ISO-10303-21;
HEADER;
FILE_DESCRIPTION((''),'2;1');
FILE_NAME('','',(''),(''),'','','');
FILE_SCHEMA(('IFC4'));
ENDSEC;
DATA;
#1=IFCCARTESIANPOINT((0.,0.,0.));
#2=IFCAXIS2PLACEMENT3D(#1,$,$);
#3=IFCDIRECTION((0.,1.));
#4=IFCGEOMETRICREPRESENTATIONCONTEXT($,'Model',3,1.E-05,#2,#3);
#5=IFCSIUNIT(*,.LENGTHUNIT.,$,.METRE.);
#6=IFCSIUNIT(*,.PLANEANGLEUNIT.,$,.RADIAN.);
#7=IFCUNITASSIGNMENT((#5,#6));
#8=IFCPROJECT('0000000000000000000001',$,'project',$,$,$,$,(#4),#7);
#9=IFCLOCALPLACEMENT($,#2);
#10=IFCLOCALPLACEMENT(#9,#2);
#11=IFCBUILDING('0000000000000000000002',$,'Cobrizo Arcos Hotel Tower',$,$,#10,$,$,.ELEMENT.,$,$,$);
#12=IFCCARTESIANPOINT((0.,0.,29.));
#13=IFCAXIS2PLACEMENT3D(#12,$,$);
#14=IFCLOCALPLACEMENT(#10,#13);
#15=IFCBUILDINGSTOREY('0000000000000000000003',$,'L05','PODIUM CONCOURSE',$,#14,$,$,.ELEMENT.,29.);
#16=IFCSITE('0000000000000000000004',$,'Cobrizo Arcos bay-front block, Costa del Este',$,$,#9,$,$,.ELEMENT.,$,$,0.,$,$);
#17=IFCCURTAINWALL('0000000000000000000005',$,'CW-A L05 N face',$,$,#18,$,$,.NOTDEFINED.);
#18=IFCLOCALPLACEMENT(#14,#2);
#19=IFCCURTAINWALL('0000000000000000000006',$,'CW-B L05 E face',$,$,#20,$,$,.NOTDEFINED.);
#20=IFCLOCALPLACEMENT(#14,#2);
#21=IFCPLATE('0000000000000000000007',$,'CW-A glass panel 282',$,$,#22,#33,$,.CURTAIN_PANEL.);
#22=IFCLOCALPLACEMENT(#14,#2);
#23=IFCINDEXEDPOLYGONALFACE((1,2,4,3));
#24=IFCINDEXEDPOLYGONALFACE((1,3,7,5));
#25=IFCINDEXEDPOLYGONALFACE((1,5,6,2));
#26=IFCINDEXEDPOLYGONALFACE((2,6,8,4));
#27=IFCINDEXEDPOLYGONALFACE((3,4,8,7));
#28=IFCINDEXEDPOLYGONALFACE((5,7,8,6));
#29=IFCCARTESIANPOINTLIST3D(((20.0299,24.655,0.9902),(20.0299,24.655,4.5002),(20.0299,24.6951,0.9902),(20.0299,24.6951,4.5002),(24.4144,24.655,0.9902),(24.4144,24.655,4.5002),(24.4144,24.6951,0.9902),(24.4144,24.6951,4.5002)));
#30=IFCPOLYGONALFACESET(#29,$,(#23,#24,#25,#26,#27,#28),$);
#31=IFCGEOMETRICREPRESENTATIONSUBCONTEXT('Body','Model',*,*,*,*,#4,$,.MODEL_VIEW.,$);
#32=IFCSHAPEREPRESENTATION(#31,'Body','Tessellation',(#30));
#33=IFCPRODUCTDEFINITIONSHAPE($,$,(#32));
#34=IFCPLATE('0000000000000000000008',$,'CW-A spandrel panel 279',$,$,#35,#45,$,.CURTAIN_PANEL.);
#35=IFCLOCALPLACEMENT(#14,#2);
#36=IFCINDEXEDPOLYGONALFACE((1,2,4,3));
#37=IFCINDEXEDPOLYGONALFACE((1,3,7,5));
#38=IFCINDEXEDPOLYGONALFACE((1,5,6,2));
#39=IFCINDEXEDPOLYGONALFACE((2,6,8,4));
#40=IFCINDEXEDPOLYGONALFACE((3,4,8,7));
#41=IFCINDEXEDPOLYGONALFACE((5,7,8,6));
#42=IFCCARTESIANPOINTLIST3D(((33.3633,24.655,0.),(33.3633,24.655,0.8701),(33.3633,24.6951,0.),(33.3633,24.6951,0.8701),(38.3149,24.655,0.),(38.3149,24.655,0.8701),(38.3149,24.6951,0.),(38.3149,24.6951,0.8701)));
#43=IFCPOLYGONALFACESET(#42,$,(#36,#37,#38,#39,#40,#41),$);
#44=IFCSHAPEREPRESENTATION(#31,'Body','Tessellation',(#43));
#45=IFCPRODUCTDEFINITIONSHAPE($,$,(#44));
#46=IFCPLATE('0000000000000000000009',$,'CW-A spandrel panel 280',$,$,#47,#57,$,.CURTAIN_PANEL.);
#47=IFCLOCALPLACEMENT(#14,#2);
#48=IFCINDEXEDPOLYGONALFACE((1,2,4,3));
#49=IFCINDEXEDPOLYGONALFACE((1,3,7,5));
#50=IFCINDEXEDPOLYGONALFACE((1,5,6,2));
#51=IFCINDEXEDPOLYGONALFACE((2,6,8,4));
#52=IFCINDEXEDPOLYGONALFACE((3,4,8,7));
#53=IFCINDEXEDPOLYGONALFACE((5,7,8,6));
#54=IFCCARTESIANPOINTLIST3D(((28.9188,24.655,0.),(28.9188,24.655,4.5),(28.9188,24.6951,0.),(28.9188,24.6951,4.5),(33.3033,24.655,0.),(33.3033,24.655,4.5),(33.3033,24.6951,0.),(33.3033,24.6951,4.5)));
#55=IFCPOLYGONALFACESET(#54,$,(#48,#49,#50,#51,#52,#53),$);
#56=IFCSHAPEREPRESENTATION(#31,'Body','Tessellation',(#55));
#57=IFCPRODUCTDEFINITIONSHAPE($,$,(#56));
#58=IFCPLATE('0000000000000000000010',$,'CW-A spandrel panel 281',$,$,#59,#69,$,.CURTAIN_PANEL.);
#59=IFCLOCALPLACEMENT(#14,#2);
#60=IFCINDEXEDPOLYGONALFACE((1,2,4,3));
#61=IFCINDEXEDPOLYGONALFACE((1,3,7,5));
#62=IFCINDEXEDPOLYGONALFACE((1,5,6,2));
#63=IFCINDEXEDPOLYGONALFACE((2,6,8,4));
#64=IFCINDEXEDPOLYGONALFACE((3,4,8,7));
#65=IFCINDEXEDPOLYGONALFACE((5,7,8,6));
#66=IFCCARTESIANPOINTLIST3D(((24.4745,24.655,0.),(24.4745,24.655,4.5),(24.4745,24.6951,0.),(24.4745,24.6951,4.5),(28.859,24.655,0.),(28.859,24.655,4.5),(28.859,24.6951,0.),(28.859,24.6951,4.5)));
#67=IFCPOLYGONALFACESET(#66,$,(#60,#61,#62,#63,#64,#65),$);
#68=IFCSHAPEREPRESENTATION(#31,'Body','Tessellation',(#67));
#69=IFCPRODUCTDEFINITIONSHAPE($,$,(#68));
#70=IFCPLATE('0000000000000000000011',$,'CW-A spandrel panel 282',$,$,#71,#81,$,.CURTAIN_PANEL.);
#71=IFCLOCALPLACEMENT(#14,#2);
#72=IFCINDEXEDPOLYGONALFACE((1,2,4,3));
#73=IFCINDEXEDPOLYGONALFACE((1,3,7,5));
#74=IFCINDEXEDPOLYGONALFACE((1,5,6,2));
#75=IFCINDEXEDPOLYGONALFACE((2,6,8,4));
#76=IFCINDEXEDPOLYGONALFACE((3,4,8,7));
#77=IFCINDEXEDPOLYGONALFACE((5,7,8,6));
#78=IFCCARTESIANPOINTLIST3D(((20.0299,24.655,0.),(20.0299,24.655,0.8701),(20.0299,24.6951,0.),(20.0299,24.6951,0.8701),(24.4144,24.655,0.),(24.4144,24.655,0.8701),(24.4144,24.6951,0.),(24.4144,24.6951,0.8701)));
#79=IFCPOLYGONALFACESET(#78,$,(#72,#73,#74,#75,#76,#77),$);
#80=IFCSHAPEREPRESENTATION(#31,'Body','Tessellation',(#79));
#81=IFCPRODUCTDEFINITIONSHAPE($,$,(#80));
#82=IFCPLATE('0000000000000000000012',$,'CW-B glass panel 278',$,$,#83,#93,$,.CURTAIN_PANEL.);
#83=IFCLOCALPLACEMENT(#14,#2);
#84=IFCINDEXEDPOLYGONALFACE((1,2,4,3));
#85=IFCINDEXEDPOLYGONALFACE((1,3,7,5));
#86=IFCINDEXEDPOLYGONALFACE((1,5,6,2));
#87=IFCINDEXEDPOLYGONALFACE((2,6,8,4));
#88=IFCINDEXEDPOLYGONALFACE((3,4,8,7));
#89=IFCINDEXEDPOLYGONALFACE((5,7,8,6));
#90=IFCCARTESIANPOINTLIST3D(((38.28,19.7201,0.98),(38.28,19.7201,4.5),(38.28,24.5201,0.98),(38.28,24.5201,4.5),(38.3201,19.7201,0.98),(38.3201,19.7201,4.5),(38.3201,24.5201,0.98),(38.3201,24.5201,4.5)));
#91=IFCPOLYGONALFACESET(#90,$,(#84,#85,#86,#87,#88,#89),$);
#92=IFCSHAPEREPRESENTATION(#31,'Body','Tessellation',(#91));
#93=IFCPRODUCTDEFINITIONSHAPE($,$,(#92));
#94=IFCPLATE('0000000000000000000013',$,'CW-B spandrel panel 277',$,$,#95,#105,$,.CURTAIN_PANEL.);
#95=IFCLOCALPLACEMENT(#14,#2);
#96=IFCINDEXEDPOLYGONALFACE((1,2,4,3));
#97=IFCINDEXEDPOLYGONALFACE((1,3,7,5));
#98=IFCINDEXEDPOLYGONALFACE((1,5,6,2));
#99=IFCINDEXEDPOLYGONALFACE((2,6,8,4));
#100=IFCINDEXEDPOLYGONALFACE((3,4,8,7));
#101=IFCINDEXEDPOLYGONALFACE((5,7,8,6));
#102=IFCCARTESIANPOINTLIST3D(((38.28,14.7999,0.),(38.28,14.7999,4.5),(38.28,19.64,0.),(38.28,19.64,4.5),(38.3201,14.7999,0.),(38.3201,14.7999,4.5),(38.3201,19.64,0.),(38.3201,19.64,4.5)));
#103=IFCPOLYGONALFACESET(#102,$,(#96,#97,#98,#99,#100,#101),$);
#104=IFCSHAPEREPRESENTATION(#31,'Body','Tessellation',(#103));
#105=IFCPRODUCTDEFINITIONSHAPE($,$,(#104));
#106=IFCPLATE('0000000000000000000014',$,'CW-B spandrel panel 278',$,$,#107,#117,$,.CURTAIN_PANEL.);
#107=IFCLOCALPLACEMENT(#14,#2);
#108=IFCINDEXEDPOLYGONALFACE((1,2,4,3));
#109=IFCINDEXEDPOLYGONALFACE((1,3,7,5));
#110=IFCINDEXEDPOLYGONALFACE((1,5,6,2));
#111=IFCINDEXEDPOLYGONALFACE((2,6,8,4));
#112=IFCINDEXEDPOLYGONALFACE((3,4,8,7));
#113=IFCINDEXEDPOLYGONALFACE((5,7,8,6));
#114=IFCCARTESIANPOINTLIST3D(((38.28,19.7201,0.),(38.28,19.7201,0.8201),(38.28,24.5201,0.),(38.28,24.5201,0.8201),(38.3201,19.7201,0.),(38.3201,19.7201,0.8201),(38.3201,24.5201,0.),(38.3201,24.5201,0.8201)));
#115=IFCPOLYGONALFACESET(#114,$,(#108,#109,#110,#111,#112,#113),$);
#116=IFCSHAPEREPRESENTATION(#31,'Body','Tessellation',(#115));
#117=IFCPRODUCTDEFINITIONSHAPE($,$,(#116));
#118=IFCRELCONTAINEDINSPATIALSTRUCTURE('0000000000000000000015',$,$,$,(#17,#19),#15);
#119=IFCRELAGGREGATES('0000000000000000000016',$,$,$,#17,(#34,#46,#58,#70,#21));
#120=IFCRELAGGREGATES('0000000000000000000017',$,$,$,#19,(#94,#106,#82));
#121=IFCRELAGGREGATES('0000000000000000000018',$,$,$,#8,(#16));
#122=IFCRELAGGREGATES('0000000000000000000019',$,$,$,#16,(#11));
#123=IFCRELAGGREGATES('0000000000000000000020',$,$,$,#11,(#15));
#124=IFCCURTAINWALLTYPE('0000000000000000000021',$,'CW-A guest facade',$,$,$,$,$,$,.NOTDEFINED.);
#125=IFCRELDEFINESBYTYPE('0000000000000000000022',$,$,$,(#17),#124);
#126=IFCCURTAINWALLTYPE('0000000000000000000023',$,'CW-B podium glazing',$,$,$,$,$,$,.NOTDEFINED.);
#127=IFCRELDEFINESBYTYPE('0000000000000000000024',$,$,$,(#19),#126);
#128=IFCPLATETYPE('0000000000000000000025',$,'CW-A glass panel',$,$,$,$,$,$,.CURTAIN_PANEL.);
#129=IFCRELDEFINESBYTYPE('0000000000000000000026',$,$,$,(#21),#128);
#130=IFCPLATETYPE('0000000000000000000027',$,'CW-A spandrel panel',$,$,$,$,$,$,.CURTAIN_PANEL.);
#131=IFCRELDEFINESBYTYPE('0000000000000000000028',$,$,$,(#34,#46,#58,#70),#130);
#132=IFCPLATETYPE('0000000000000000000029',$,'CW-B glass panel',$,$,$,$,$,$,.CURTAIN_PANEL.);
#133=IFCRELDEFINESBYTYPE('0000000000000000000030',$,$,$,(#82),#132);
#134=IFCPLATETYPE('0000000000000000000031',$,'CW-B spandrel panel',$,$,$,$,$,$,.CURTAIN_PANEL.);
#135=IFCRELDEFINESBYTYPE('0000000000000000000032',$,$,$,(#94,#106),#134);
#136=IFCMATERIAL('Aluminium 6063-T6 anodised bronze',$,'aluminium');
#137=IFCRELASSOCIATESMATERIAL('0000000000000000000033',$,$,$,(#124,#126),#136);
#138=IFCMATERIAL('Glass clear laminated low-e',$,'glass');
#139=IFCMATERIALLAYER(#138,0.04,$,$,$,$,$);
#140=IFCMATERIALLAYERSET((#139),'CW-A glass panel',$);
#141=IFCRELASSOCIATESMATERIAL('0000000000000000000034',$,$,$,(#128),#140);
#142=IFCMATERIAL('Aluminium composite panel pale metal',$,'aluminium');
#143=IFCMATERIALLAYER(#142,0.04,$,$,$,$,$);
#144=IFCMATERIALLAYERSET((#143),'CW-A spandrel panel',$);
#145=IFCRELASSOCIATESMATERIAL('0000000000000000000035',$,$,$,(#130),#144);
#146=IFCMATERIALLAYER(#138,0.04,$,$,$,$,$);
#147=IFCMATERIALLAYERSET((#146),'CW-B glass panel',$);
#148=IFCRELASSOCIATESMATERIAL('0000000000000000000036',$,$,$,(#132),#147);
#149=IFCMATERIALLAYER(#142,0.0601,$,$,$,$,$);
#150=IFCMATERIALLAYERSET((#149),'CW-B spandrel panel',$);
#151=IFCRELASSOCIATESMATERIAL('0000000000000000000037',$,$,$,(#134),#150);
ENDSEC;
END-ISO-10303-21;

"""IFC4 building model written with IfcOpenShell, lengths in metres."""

from ifc_helpers import new_model, si_unit, direction, frame, origin, origin_2d, place, context, subcontext, project, spatial, rectangle, extrude, material, layer, layer_set, type_object, element, aggregate, save


model = new_model("IFC4")

# Units and contexts
model_context = context("Model", 3, precision=1e-05, world=origin(), true_north=direction((0.0, 1.0)))
body_context = subcontext(model_context, "Body", "Model", "MODEL_VIEW")
ifc_project = project(units=[si_unit("LENGTHUNIT", "METRE"), si_unit("PLANEANGLEUNIT", "RADIAN")], contexts=[model_context])

# Site, building, storey
site_placement = place(None, origin())
site = spatial("IfcSite", under=ifc_project, at=site_placement, Name="Cobrizo Arcos bay-front block, Costa del Este", CompositionType="ELEMENT", RefElevation=0.0)
building_placement = place(site_placement, origin())
building = spatial("IfcBuilding", under=site, at=building_placement, Name="Cobrizo Arcos Hotel Tower", CompositionType="ELEMENT")
storey_placement = place(building_placement, frame((0.0, 0.0, 29.0)))
storey = spatial("IfcBuildingStorey", under=building, at=storey_placement, Name="L05", Description="PODIUM CONCOURSE", CompositionType="ELEMENT", Elevation=29.0)

# Curtain walls
ifc_material_1 = material(Name="Aluminium 6063-T6 anodised bronze", Category="aluminium")
curtain_wall_type_1 = type_object("IfcCurtainWallType", Name="CW-A guest facade", PredefinedType="NOTDEFINED", material=ifc_material_1)
curtain_wall_1_placement = place(storey_placement, origin())
curtain_wall_1 = element("IfcCurtainWall", 1, at=curtain_wall_1_placement, inside=storey, type_object=curtain_wall_type_1, Name="CW-A L05 N face", PredefinedType="NOTDEFINED")
curtain_wall_type_2 = type_object("IfcCurtainWallType", Name="CW-B podium glazing", PredefinedType="NOTDEFINED", material=ifc_material_1)
curtain_wall_2_placement = place(storey_placement, origin())
curtain_wall_2 = element("IfcCurtainWall", 2, at=curtain_wall_2_placement, inside=storey, type_object=curtain_wall_type_2, Name="CW-B L05 E face", PredefinedType="NOTDEFINED")

# Plates
ifc_material_2 = material(Name="Glass clear laminated low-e", Category="glass")
ifc_layer_1 = layer(ifc_material_2, 0.04)
ifc_layer_set_1 = layer_set([ifc_layer_1], Name="CW-A glass panel")
plate_type_1 = type_object("IfcPlateType", Name="CW-A glass panel", PredefinedType="CURTAIN_PANEL", material=ifc_layer_set_1)
plate_1_placement = place(storey_placement, frame((22.2222, 24.675, 0.9902), z_axis=(0.0, 0.0, 1.0), x_axis=(-1.0, 0.0, 0.0)))
plate_1 = element("IfcPlate", 3, at=plate_1_placement, type_object=plate_type_1, Name="CW-A glass panel 282", PredefinedType="CURTAIN_PANEL", context=body_context, shape_type="SweptSolid", body=[
    extrude(rectangle(XDim=4.3845, YDim=0.04, at=origin_2d()), origin(), (0.0, 0.0, 1.0), 3.51),
])
ifc_material_3 = material(Name="Aluminium composite panel pale metal", Category="aluminium")
ifc_layer_2 = layer(ifc_material_3, 0.04)
ifc_layer_set_2 = layer_set([ifc_layer_2], Name="CW-A spandrel panel")
plate_type_2 = type_object("IfcPlateType", Name="CW-A spandrel panel", PredefinedType="CURTAIN_PANEL", material=ifc_layer_set_2)
plate_2_placement = place(storey_placement, frame((35.8391, 24.675, 0.0), z_axis=(0.0, 0.0, 1.0), x_axis=(-1.0, 0.0, 0.0)))
plate_2 = element("IfcPlate", 4, at=plate_2_placement, type_object=plate_type_2, Name="CW-A spandrel panel 279", PredefinedType="CURTAIN_PANEL", context=body_context, shape_type="SweptSolid", body=[
    extrude(rectangle(XDim=4.9517, YDim=0.04, at=origin_2d()), origin(), (0.0, 0.0, 1.0), 0.8701),
])
plate_3_placement = place(storey_placement, frame((31.1111, 24.675, 0.0), z_axis=(0.0, 0.0, 1.0), x_axis=(-1.0, 0.0, 0.0)))
plate_3 = element("IfcPlate", 5, at=plate_3_placement, type_object=plate_type_2, Name="CW-A spandrel panel 280", PredefinedType="CURTAIN_PANEL", context=body_context, shape_type="SweptSolid", body=[
    extrude(rectangle(XDim=4.3845, YDim=0.04, at=origin_2d()), origin(), (0.0, 0.0, 1.0), 4.5),
])
plate_4_placement = place(storey_placement, frame((26.6667, 24.675, 0.0), z_axis=(0.0, 0.0, 1.0), x_axis=(-1.0, 0.0, 0.0)))
plate_4 = element("IfcPlate", 6, at=plate_4_placement, type_object=plate_type_2, Name="CW-A spandrel panel 281", PredefinedType="CURTAIN_PANEL", context=body_context, shape_type="SweptSolid", body=[
    extrude(rectangle(XDim=4.3845, YDim=0.04, at=origin_2d()), origin(), (0.0, 0.0, 1.0), 4.5),
])
plate_5_placement = place(storey_placement, frame((22.2222, 24.675, 0.0), z_axis=(0.0, 0.0, 1.0), x_axis=(-1.0, 0.0, 0.0)))
plate_5 = element("IfcPlate", 7, at=plate_5_placement, type_object=plate_type_2, Name="CW-A spandrel panel 282", PredefinedType="CURTAIN_PANEL", context=body_context, shape_type="SweptSolid", body=[
    extrude(rectangle(XDim=4.3845, YDim=0.04, at=origin_2d()), origin(), (0.0, 0.0, 1.0), 0.8701),
])
aggregate(curtain_wall_1, [plate_2, plate_3, plate_4, plate_5, plate_1])
ifc_layer_3 = layer(ifc_material_2, 0.04)
ifc_layer_set_3 = layer_set([ifc_layer_3], Name="CW-B glass panel")
plate_type_3 = type_object("IfcPlateType", Name="CW-B glass panel", PredefinedType="CURTAIN_PANEL", material=ifc_layer_set_3)
plate_6_placement = place(storey_placement, frame((38.3, 22.1201, 0.98), z_axis=(0.0, 0.0, 1.0), x_axis=(0.0, 1.0, 0.0)))
plate_6 = element("IfcPlate", 8, at=plate_6_placement, type_object=plate_type_3, Name="CW-B glass panel 278", PredefinedType="CURTAIN_PANEL", context=body_context, shape_type="SweptSolid", body=[
    extrude(rectangle(XDim=4.8, YDim=0.04, at=origin_2d()), origin(), (0.0, 0.0, 1.0), 3.52),
])
ifc_layer_4 = layer(ifc_material_3, 0.0601)
ifc_layer_set_4 = layer_set([ifc_layer_4], Name="CW-B spandrel panel")
plate_type_4 = type_object("IfcPlateType", Name="CW-B spandrel panel", PredefinedType="CURTAIN_PANEL", material=ifc_layer_set_4)
plate_7_placement = place(storey_placement, frame((38.3, 17.22, 0.0), z_axis=(0.0, 0.0, 1.0), x_axis=(0.0, 1.0, 0.0)))
plate_7 = element("IfcPlate", 9, at=plate_7_placement, type_object=plate_type_4, Name="CW-B spandrel panel 277", PredefinedType="CURTAIN_PANEL", context=body_context, shape_type="SweptSolid", body=[
    extrude(rectangle(XDim=4.8401, YDim=0.04, at=origin_2d()), origin(), (0.0, 0.0, 1.0), 4.5),
])
plate_8_placement = place(storey_placement, frame((38.3, 22.1201, 0.0), z_axis=(0.0, 0.0, 1.0), x_axis=(0.0, 1.0, 0.0)))
plate_8 = element("IfcPlate", 10, at=plate_8_placement, type_object=plate_type_4, Name="CW-B spandrel panel 278", PredefinedType="CURTAIN_PANEL", context=body_context, shape_type="SweptSolid", body=[
    extrude(rectangle(XDim=4.8, YDim=0.04, at=origin_2d()), origin(), (0.0, 0.0, 1.0), 0.8201),
])
aggregate(curtain_wall_2, [plate_7, plate_8, plate_6])

save(model, "model.ifc")
